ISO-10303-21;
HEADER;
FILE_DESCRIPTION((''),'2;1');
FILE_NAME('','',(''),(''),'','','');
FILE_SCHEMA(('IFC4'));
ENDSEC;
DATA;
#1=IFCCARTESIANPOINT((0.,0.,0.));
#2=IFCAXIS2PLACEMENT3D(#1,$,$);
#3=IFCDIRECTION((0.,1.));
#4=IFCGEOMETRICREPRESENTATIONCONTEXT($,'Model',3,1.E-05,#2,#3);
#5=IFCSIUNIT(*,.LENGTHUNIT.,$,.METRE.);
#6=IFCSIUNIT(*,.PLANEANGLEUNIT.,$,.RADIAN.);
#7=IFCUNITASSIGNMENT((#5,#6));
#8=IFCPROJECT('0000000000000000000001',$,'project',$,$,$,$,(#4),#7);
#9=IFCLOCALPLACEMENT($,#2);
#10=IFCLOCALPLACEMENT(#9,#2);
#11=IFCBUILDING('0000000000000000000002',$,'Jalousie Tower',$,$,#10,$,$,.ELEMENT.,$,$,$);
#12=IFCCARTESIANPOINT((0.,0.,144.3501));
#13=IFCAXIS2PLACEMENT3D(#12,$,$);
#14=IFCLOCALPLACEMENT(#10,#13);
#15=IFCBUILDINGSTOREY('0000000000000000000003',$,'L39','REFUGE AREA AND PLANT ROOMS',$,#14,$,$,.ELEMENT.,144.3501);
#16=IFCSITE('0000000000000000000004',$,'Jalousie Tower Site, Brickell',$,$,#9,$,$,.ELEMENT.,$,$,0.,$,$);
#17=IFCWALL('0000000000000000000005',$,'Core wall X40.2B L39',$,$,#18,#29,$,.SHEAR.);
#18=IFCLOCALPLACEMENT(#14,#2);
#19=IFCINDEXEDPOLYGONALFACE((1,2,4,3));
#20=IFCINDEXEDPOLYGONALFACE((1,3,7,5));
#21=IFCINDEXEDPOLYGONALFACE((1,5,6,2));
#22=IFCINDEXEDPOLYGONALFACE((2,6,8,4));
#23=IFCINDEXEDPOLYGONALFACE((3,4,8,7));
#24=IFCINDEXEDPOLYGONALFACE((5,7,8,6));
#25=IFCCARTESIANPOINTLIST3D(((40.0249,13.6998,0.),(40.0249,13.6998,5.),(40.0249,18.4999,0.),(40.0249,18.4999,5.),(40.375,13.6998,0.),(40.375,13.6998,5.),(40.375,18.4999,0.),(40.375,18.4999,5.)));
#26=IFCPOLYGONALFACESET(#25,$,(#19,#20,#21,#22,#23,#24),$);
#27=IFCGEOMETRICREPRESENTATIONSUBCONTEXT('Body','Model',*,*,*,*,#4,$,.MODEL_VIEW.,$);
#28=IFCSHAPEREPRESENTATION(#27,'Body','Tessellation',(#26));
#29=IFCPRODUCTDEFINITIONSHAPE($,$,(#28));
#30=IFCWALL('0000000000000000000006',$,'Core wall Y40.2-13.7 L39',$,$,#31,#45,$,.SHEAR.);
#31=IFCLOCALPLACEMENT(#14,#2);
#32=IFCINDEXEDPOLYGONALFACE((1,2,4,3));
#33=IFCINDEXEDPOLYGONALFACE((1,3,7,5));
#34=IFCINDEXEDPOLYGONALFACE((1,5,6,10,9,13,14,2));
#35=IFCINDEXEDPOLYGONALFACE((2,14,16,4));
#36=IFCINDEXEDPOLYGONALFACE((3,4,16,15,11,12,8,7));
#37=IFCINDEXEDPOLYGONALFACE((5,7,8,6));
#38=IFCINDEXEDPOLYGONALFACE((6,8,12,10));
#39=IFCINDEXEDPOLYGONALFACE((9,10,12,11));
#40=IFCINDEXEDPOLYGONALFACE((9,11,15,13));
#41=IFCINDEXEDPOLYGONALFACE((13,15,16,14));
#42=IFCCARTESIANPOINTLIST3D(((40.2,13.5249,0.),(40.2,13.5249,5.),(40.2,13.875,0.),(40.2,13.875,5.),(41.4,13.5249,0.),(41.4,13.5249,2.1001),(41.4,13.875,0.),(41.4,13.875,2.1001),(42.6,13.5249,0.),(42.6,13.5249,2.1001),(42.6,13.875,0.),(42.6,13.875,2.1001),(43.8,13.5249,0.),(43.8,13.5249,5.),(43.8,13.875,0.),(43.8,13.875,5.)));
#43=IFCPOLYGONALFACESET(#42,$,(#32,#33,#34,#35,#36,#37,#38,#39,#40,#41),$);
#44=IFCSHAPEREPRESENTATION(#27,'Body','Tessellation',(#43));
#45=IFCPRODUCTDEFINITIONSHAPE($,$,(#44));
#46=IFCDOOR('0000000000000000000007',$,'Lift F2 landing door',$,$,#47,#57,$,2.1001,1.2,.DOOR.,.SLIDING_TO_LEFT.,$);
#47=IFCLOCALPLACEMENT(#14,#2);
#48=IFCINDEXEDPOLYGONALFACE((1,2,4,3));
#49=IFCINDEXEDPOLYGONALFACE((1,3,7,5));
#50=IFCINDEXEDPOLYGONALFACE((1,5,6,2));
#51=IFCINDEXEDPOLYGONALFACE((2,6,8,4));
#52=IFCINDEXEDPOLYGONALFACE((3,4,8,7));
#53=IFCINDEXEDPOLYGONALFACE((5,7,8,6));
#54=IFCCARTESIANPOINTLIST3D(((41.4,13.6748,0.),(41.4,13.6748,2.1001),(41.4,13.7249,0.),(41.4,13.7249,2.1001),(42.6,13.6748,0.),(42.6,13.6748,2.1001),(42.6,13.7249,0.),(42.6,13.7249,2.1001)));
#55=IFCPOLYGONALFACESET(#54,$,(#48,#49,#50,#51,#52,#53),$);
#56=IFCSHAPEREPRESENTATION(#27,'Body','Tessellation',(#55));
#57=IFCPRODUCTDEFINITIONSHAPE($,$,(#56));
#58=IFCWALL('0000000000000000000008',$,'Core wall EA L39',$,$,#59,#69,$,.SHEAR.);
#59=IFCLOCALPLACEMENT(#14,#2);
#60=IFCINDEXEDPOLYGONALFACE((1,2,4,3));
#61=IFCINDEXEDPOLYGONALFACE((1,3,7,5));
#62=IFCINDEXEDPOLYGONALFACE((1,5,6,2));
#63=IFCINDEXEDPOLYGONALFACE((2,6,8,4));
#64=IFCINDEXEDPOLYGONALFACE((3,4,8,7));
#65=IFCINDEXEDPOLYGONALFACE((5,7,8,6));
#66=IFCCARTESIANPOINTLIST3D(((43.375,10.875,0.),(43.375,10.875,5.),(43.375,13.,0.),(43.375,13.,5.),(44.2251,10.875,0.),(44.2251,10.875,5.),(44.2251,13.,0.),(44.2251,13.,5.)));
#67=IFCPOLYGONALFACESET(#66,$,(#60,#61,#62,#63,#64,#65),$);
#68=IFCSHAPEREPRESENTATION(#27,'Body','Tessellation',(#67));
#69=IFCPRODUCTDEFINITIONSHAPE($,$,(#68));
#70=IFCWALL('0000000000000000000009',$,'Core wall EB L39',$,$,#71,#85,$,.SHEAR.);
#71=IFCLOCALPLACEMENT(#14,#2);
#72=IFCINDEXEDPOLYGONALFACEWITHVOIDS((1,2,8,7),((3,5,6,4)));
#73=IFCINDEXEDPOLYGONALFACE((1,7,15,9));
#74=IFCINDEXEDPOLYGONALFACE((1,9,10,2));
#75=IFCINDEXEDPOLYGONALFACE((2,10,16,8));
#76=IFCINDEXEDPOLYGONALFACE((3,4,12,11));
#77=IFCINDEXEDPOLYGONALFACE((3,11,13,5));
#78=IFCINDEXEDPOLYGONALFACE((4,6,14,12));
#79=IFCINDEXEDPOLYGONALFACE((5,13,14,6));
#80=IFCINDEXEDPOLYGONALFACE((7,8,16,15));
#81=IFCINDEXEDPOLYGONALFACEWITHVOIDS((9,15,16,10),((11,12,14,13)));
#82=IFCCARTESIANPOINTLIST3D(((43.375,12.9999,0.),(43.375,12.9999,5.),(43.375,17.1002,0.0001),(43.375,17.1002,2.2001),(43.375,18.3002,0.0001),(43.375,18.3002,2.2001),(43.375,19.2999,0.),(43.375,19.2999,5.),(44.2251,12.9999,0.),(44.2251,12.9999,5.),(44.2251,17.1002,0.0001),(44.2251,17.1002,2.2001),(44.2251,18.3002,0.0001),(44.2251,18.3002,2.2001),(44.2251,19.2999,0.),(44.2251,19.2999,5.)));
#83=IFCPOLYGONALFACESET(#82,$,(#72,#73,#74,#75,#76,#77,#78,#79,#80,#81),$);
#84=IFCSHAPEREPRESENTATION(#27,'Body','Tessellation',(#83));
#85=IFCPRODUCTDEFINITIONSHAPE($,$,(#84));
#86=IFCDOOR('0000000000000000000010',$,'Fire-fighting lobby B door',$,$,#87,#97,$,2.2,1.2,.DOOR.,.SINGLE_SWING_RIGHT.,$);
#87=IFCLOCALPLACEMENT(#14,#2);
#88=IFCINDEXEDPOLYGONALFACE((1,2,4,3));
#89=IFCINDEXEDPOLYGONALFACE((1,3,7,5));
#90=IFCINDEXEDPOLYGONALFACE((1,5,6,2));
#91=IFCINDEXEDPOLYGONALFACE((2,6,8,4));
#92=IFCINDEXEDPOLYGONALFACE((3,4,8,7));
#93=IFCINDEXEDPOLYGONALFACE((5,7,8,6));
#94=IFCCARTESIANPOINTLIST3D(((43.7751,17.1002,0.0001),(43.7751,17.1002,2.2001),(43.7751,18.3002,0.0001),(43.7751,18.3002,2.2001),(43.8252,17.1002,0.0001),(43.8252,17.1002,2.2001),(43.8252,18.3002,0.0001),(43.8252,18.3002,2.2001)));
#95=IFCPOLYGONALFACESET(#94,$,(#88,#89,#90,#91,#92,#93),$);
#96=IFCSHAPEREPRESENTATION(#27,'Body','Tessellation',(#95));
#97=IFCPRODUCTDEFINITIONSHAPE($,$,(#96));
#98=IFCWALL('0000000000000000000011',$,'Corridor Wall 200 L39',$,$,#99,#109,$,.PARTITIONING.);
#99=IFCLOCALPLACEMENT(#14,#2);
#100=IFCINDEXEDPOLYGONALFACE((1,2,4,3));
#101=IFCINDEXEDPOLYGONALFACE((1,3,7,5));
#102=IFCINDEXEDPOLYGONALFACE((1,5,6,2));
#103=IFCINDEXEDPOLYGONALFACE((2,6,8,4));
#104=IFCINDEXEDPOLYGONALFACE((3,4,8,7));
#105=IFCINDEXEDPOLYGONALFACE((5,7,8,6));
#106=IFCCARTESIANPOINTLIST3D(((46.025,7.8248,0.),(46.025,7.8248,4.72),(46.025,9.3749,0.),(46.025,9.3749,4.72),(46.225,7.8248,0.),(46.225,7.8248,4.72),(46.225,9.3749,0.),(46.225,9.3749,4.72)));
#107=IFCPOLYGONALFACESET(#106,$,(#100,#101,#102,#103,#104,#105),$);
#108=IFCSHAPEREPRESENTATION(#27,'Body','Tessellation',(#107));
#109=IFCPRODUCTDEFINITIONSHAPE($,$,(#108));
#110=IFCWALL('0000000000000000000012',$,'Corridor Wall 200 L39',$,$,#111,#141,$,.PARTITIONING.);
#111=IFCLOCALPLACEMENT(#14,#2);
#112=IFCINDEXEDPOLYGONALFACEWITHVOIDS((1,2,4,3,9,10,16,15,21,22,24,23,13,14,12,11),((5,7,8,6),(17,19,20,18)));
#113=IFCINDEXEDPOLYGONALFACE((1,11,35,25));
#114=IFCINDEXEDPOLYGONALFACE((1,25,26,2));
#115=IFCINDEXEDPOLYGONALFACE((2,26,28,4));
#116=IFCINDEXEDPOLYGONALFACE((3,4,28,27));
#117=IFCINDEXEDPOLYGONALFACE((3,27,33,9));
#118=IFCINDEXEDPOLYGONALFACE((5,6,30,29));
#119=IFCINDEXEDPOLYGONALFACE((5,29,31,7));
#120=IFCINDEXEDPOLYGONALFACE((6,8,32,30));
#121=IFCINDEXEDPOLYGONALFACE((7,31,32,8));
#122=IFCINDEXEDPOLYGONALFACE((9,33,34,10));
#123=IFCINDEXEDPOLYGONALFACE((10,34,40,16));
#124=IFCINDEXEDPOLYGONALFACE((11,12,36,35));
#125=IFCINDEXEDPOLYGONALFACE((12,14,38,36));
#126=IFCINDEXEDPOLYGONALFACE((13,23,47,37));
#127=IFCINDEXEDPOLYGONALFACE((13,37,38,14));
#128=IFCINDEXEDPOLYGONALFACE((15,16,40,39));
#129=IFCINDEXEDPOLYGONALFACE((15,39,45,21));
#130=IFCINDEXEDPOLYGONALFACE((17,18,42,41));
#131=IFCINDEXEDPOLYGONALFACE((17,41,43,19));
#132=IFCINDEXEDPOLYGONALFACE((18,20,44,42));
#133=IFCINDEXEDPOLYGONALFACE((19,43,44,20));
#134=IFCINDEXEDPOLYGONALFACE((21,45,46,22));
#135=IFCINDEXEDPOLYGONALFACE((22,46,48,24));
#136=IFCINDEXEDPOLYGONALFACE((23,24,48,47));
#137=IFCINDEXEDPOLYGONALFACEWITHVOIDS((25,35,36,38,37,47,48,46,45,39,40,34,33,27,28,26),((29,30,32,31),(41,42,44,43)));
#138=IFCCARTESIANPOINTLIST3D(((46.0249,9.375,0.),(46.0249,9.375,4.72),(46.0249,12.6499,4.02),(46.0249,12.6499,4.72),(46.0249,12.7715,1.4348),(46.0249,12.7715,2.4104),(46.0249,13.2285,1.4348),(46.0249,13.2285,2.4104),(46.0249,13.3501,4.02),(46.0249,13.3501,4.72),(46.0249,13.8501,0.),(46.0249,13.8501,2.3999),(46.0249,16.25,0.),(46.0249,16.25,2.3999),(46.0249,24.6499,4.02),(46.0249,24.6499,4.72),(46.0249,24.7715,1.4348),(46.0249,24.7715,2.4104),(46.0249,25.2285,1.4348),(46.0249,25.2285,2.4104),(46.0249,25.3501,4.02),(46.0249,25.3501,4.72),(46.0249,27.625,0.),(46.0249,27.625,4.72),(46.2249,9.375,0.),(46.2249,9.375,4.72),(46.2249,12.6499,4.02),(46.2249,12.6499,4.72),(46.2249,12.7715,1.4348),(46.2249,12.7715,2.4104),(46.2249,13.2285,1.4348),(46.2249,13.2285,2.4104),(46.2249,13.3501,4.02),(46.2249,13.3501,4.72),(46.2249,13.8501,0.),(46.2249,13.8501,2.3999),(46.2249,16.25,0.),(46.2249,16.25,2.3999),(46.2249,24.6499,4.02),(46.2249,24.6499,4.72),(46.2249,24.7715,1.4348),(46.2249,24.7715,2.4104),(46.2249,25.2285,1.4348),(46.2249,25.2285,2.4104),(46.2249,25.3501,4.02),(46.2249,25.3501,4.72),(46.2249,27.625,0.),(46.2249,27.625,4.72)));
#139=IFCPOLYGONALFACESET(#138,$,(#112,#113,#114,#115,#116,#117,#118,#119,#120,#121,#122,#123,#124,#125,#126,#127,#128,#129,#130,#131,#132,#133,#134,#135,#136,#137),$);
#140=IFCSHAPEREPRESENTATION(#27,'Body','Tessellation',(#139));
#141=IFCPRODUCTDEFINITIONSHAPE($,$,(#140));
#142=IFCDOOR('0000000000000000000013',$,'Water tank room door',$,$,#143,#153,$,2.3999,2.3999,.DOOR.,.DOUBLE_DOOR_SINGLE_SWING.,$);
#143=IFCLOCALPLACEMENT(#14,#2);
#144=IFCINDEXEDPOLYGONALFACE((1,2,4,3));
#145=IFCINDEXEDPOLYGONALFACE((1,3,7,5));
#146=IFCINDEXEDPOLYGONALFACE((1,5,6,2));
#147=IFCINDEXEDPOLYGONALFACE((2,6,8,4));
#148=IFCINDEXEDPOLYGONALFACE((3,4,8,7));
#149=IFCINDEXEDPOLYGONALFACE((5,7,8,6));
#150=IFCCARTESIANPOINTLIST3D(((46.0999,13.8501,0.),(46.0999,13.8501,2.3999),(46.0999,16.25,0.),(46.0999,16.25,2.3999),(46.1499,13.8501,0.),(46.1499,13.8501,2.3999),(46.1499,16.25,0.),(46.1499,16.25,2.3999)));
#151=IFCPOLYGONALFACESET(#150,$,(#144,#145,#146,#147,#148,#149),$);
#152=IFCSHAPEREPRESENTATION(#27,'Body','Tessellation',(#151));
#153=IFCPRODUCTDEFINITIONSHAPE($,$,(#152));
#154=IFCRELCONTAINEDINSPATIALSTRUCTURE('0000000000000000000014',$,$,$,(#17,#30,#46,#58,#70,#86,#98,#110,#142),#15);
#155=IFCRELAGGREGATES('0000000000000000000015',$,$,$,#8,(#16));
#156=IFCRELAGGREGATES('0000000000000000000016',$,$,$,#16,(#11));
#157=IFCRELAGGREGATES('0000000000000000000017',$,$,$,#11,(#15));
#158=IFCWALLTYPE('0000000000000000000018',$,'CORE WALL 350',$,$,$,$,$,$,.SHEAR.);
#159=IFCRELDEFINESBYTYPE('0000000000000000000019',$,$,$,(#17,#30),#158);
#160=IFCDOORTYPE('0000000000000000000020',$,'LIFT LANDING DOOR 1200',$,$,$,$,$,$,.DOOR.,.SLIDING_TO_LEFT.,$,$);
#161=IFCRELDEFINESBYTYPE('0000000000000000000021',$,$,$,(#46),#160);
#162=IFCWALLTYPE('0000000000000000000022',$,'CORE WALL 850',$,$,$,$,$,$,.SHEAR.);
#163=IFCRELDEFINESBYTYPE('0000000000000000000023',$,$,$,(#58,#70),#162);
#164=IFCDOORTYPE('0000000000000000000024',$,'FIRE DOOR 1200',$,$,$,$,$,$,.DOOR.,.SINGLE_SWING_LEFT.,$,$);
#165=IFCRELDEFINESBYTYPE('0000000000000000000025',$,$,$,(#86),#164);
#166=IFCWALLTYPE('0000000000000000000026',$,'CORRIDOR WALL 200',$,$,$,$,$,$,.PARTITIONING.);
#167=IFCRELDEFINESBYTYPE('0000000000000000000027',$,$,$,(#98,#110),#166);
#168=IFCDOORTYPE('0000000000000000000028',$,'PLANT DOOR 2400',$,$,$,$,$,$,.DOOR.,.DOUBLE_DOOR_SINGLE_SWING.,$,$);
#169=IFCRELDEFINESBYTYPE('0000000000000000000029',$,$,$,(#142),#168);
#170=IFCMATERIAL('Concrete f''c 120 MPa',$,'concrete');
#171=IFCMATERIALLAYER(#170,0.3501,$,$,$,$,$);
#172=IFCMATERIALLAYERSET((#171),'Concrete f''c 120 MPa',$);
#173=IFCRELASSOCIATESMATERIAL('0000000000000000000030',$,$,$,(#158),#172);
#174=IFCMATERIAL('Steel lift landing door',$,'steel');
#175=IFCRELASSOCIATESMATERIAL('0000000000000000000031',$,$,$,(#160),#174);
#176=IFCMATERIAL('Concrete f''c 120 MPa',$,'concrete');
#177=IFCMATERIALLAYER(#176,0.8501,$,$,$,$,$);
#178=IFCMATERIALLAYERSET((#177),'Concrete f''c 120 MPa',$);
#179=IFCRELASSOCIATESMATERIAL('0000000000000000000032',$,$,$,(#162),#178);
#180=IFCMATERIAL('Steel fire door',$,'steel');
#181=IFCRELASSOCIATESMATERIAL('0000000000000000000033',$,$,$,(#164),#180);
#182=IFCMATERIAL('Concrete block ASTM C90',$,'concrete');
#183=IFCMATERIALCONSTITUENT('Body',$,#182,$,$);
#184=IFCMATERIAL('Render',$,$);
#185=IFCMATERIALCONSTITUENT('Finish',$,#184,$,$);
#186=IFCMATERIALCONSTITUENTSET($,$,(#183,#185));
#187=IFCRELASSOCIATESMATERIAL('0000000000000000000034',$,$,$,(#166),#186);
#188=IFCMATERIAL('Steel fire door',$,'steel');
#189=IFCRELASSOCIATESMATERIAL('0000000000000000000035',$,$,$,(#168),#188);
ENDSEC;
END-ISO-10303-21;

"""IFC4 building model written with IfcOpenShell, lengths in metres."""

from ifc_helpers import new_model, si_unit, direction, frame, frame_2d, origin, place, context, subcontext, project, spatial, polyline, rectangle, outline, extrude, material, layer, layer_set, constituent, constituent_set, type_object, element, fill, save


model = new_model("IFC4")

# Units and contexts
model_context = context("Model", 3, precision=1e-05, world=origin(), true_north=direction((0.0, 1.0)))
body_context = subcontext(model_context, "Body", "Model", "MODEL_VIEW")
ifc_project = project(units=[si_unit("LENGTHUNIT", "METRE"), si_unit("PLANEANGLEUNIT", "RADIAN")], contexts=[model_context])

# Site, building, storey
site_placement = place(None, origin())
site = spatial("IfcSite", under=ifc_project, at=site_placement, Name="Jalousie Tower Site, Brickell", CompositionType="ELEMENT", RefElevation=0.0)
building_placement = place(site_placement, origin())
building = spatial("IfcBuilding", under=site, at=building_placement, Name="Jalousie Tower", CompositionType="ELEMENT")
storey_placement = place(building_placement, frame((0.0, 0.0, 144.3501)))
storey = spatial("IfcBuildingStorey", under=building, at=storey_placement, Name="L39", Description="REFUGE AREA AND PLANT ROOMS", CompositionType="ELEMENT", Elevation=144.3501)

# Wall
ifc_material_1 = material(Name="Concrete f'c 120 MPa", Category="concrete")
ifc_layer_1 = layer(ifc_material_1, 0.3501)
ifc_layer_set_1 = layer_set([ifc_layer_1], Name="Concrete f'c 120 MPa")
wall_type_1 = type_object("IfcWallType", Name="CORE WALL 350", PredefinedType="SHEAR", material=ifc_layer_set_1)
wall_1_placement = place(storey_placement, frame((40.2, 13.7, 0.0), z_axis=(0.0, 0.0, 1.0), x_axis=(0.0, 1.0, 0.0)))
element("IfcWall", 1, at=wall_1_placement, inside=storey, type_object=wall_type_1, Name="Core wall X40.2B L39", PredefinedType="SHEAR", context=body_context, shape_type="SweptSolid", body=[
    extrude(rectangle(XDim=4.8, YDim=0.3501, at=frame_2d((2.3999, 0.0))), origin(), (0.0, 0.0, 1.0), 5.0),
])

# Wall, opening, door
wall_2_placement = place(storey_placement, frame((40.2, 13.7, 0.0), z_axis=(0.0, 0.0, 1.0), x_axis=(1.0, 0.0, 0.0)))
wall_2 = element("IfcWall", 2, at=wall_2_placement, inside=storey, type_object=wall_type_1, Name="Core wall Y40.2-13.7 L39", PredefinedType="SHEAR", context=body_context, shape_type="SweptSolid", body=[
    extrude(rectangle(XDim=3.6001, YDim=0.3501, at=frame_2d((1.8, 0.0))), origin(), (0.0, 0.0, 1.0), 5.0),
])
opening_1_placement = place(wall_2_placement, frame((1.2, 0.0, 0.0)))
opening_1 = element("IfcOpeningElement", 3, at=opening_1_placement, cuts=wall_2, PredefinedType="OPENING", context=body_context, shape_type="SweptSolid", body=[
    extrude(rectangle(XDim=1.2, YDim=2.1001, at=frame_2d((0.6001, 1.05))), frame((0.0, 0.1851, 0.0), z_axis=(0.0, -1.0, 0.0), x_axis=(1.0, 0.0, 0.0)), (0.0, 0.0, 1.0), 0.3701),
])
ifc_material_2 = material(Name="Steel lift landing door", Category="steel")
door_type_1 = type_object("IfcDoorType", Name="LIFT LANDING DOOR 1200", OperationType="SLIDING_TO_LEFT", PredefinedType="DOOR", material=ifc_material_2)
door_1_placement = place(opening_1_placement, origin())
door_1 = element("IfcDoor", 4, at=door_1_placement, inside=storey, type_object=door_type_1, Name="Lift F2 landing door", OperationType="SLIDING_TO_LEFT", OverallHeight=2.1001, OverallWidth=1.2, PredefinedType="DOOR", context=body_context, shape_type="SweptSolid", body=[
    extrude(rectangle(XDim=1.2, YDim=2.1001, at=frame_2d((0.6001, 1.05))), frame((0.0, 0.0249, 0.0), z_axis=(0.0, -1.0, 0.0), x_axis=(1.0, 0.0, 0.0)), (0.0, 0.0, 1.0), 0.05),
])
fill(opening_1, door_1)

# Wall
ifc_material_3 = material(Name="Concrete f'c 120 MPa", Category="concrete")
ifc_layer_2 = layer(ifc_material_3, 0.8501)
ifc_layer_set_2 = layer_set([ifc_layer_2], Name="Concrete f'c 120 MPa")
wall_type_2 = type_object("IfcWallType", Name="CORE WALL 850", PredefinedType="SHEAR", material=ifc_layer_set_2)
wall_3_placement = place(storey_placement, frame((43.8, 10.875, 0.0), z_axis=(0.0, 0.0, 1.0), x_axis=(0.0, 1.0, 0.0)))
element("IfcWall", 5, at=wall_3_placement, inside=storey, type_object=wall_type_2, Name="Core wall EA L39", PredefinedType="SHEAR", context=body_context, shape_type="SweptSolid", body=[
    extrude(rectangle(XDim=2.125, YDim=0.8501, at=frame_2d((1.0625, 0.0))), origin(), (0.0, 0.0, 1.0), 5.0),
])

# Wall, opening, door
wall_4_placement = place(storey_placement, frame((43.8, 13.0, 0.0), z_axis=(0.0, 0.0, 1.0), x_axis=(0.0, 1.0, 0.0)))
wall_4 = element("IfcWall", 6, at=wall_4_placement, inside=storey, type_object=wall_type_2, Name="Core wall EB L39", PredefinedType="SHEAR", context=body_context, shape_type="SweptSolid", body=[
    extrude(rectangle(XDim=6.3, YDim=0.8501, at=frame_2d((3.1499, 0.0))), origin(), (0.0, 0.0, 1.0), 5.0),
])
opening_2_placement = place(wall_4_placement, frame((4.1001, 0.0, 0.0)))
opening_2 = element("IfcOpeningElement", 7, at=opening_2_placement, cuts=wall_4, PredefinedType="OPENING", context=body_context, shape_type="SweptSolid", body=[
    extrude(rectangle(XDim=1.2, YDim=2.2, at=frame_2d((0.6001, 1.1001))), frame((0.0, 0.4351, 0.0), z_axis=(0.0, -1.0, 0.0), x_axis=(1.0, 0.0, 0.0)), (0.0, 0.0, 1.0), 0.8701),
])
ifc_material_4 = material(Name="Steel fire door", Category="steel")
door_type_2 = type_object("IfcDoorType", Name="FIRE DOOR 1200", OperationType="SINGLE_SWING_LEFT", PredefinedType="DOOR", material=ifc_material_4)
door_2_placement = place(opening_2_placement, origin())
door_2 = element("IfcDoor", 8, at=door_2_placement, inside=storey, type_object=door_type_2, Name="Fire-fighting lobby B door", OperationType="SINGLE_SWING_RIGHT", OverallHeight=2.2, OverallWidth=1.2, PredefinedType="DOOR", context=body_context, shape_type="SweptSolid", body=[
    extrude(rectangle(XDim=1.2, YDim=2.2, at=frame_2d((0.6001, 1.1001))), frame((0.0, 0.0249, 0.0), z_axis=(0.0, -1.0, 0.0), x_axis=(1.0, 0.0, 0.0)), (0.0, 0.0, 1.0), 0.05),
])
fill(opening_2, door_2)

# Wall
ifc_material_5 = material(Name="Concrete block ASTM C90", Category="concrete")
ifc_constituent_1 = constituent(ifc_material_5, Name="Body")
ifc_material_6 = material(Name="Render")
ifc_constituent_2 = constituent(ifc_material_6, Name="Finish")
ifc_constituent_set_1 = constituent_set(constituents=[ifc_constituent_1, ifc_constituent_2])
wall_type_3 = type_object("IfcWallType", Name="CORRIDOR WALL 200", PredefinedType="PARTITIONING", material=ifc_constituent_set_1)
wall_5_placement = place(storey_placement, frame((46.125, 7.825, 0.0), z_axis=(0.0, 0.0, 1.0), x_axis=(0.0, 1.0, 0.0)))
element("IfcWall", 9, at=wall_5_placement, inside=storey, type_object=wall_type_3, Name="Corridor Wall 200 L39", PredefinedType="PARTITIONING", context=body_context, shape_type="SweptSolid", body=[
    extrude(rectangle(XDim=1.55, YDim=0.2, at=frame_2d((0.7749, 0.0))), origin(), (0.0, 0.0, 1.0), 4.72),
])

# Wall, opening, door
wall_6_placement = place(storey_placement, frame((46.125, 9.375, 0.0), z_axis=(0.0, 0.0, 1.0), x_axis=(0.0, 1.0, 0.0)))
wall_6 = element("IfcWall", 10, at=wall_6_placement, inside=storey, type_object=wall_type_3, Name="Corridor Wall 200 L39", PredefinedType="PARTITIONING", context=body_context, shape_type="SweptSolid", body=[
    extrude(outline(polyline([(18.25, 0.0), (18.25, 4.72), (15.9751, 4.72), (15.9751, 4.02), (15.2749, 4.02), (15.2749, 4.72), (3.9751, 4.72), (3.9751, 4.02), (3.2749, 4.02), (3.2749, 4.72), (0.0, 4.72), (0.0, 0.0), (18.25, 0.0)]), holes=[polyline([(3.3965, 1.4348), (3.3965, 2.4104), (3.8535, 2.4104), (3.8535, 1.4348), (3.3965, 1.4348)]), polyline([(15.3965, 1.4348), (15.3965, 2.4104), (15.8535, 2.4104), (15.8535, 1.4348), (15.3965, 1.4348)])]), frame((0.0, 0.1001, 0.0), z_axis=(0.0, -1.0, 0.0), x_axis=(1.0, 0.0, 0.0)), (0.0, 0.0, 1.0), 0.2),
])
opening_3_placement = place(wall_6_placement, frame((4.4751, 0.0, 0.0)))
opening_3 = element("IfcOpeningElement", 11, at=opening_3_placement, cuts=wall_6, PredefinedType="OPENING", context=body_context, shape_type="SweptSolid", body=[
    extrude(rectangle(XDim=2.3999, YDim=2.3999, at=frame_2d((1.2, 1.2))), frame((0.0, 0.1099, 0.0), z_axis=(0.0, -1.0, 0.0), x_axis=(1.0, 0.0, 0.0)), (0.0, 0.0, 1.0), 0.22),
])
ifc_material_7 = material(Name="Steel fire door", Category="steel")
door_type_3 = type_object("IfcDoorType", Name="PLANT DOOR 2400", OperationType="DOUBLE_DOOR_SINGLE_SWING", PredefinedType="DOOR", material=ifc_material_7)
door_3_placement = place(opening_3_placement, frame((2.3999, 0.0, 0.0), z_axis=(0.0, 0.0, 1.0), x_axis=(-1.0, 0.0, 0.0)))
door_3 = element("IfcDoor", 12, at=door_3_placement, inside=storey, type_object=door_type_3, Name="Water tank room door", OperationType="DOUBLE_DOOR_SINGLE_SWING", OverallHeight=2.3999, OverallWidth=2.3999, PredefinedType="DOOR", context=body_context, shape_type="SweptSolid", body=[
    extrude(rectangle(XDim=2.3999, YDim=2.3999, at=frame_2d((1.2, 1.2))), frame((0.0, 0.0249, 0.0), z_axis=(0.0, -1.0, 0.0), x_axis=(1.0, 0.0, 0.0)), (0.0, 0.0, 1.0), 0.05),
])
fill(opening_3, door_3)

save(model, "model.ifc")
